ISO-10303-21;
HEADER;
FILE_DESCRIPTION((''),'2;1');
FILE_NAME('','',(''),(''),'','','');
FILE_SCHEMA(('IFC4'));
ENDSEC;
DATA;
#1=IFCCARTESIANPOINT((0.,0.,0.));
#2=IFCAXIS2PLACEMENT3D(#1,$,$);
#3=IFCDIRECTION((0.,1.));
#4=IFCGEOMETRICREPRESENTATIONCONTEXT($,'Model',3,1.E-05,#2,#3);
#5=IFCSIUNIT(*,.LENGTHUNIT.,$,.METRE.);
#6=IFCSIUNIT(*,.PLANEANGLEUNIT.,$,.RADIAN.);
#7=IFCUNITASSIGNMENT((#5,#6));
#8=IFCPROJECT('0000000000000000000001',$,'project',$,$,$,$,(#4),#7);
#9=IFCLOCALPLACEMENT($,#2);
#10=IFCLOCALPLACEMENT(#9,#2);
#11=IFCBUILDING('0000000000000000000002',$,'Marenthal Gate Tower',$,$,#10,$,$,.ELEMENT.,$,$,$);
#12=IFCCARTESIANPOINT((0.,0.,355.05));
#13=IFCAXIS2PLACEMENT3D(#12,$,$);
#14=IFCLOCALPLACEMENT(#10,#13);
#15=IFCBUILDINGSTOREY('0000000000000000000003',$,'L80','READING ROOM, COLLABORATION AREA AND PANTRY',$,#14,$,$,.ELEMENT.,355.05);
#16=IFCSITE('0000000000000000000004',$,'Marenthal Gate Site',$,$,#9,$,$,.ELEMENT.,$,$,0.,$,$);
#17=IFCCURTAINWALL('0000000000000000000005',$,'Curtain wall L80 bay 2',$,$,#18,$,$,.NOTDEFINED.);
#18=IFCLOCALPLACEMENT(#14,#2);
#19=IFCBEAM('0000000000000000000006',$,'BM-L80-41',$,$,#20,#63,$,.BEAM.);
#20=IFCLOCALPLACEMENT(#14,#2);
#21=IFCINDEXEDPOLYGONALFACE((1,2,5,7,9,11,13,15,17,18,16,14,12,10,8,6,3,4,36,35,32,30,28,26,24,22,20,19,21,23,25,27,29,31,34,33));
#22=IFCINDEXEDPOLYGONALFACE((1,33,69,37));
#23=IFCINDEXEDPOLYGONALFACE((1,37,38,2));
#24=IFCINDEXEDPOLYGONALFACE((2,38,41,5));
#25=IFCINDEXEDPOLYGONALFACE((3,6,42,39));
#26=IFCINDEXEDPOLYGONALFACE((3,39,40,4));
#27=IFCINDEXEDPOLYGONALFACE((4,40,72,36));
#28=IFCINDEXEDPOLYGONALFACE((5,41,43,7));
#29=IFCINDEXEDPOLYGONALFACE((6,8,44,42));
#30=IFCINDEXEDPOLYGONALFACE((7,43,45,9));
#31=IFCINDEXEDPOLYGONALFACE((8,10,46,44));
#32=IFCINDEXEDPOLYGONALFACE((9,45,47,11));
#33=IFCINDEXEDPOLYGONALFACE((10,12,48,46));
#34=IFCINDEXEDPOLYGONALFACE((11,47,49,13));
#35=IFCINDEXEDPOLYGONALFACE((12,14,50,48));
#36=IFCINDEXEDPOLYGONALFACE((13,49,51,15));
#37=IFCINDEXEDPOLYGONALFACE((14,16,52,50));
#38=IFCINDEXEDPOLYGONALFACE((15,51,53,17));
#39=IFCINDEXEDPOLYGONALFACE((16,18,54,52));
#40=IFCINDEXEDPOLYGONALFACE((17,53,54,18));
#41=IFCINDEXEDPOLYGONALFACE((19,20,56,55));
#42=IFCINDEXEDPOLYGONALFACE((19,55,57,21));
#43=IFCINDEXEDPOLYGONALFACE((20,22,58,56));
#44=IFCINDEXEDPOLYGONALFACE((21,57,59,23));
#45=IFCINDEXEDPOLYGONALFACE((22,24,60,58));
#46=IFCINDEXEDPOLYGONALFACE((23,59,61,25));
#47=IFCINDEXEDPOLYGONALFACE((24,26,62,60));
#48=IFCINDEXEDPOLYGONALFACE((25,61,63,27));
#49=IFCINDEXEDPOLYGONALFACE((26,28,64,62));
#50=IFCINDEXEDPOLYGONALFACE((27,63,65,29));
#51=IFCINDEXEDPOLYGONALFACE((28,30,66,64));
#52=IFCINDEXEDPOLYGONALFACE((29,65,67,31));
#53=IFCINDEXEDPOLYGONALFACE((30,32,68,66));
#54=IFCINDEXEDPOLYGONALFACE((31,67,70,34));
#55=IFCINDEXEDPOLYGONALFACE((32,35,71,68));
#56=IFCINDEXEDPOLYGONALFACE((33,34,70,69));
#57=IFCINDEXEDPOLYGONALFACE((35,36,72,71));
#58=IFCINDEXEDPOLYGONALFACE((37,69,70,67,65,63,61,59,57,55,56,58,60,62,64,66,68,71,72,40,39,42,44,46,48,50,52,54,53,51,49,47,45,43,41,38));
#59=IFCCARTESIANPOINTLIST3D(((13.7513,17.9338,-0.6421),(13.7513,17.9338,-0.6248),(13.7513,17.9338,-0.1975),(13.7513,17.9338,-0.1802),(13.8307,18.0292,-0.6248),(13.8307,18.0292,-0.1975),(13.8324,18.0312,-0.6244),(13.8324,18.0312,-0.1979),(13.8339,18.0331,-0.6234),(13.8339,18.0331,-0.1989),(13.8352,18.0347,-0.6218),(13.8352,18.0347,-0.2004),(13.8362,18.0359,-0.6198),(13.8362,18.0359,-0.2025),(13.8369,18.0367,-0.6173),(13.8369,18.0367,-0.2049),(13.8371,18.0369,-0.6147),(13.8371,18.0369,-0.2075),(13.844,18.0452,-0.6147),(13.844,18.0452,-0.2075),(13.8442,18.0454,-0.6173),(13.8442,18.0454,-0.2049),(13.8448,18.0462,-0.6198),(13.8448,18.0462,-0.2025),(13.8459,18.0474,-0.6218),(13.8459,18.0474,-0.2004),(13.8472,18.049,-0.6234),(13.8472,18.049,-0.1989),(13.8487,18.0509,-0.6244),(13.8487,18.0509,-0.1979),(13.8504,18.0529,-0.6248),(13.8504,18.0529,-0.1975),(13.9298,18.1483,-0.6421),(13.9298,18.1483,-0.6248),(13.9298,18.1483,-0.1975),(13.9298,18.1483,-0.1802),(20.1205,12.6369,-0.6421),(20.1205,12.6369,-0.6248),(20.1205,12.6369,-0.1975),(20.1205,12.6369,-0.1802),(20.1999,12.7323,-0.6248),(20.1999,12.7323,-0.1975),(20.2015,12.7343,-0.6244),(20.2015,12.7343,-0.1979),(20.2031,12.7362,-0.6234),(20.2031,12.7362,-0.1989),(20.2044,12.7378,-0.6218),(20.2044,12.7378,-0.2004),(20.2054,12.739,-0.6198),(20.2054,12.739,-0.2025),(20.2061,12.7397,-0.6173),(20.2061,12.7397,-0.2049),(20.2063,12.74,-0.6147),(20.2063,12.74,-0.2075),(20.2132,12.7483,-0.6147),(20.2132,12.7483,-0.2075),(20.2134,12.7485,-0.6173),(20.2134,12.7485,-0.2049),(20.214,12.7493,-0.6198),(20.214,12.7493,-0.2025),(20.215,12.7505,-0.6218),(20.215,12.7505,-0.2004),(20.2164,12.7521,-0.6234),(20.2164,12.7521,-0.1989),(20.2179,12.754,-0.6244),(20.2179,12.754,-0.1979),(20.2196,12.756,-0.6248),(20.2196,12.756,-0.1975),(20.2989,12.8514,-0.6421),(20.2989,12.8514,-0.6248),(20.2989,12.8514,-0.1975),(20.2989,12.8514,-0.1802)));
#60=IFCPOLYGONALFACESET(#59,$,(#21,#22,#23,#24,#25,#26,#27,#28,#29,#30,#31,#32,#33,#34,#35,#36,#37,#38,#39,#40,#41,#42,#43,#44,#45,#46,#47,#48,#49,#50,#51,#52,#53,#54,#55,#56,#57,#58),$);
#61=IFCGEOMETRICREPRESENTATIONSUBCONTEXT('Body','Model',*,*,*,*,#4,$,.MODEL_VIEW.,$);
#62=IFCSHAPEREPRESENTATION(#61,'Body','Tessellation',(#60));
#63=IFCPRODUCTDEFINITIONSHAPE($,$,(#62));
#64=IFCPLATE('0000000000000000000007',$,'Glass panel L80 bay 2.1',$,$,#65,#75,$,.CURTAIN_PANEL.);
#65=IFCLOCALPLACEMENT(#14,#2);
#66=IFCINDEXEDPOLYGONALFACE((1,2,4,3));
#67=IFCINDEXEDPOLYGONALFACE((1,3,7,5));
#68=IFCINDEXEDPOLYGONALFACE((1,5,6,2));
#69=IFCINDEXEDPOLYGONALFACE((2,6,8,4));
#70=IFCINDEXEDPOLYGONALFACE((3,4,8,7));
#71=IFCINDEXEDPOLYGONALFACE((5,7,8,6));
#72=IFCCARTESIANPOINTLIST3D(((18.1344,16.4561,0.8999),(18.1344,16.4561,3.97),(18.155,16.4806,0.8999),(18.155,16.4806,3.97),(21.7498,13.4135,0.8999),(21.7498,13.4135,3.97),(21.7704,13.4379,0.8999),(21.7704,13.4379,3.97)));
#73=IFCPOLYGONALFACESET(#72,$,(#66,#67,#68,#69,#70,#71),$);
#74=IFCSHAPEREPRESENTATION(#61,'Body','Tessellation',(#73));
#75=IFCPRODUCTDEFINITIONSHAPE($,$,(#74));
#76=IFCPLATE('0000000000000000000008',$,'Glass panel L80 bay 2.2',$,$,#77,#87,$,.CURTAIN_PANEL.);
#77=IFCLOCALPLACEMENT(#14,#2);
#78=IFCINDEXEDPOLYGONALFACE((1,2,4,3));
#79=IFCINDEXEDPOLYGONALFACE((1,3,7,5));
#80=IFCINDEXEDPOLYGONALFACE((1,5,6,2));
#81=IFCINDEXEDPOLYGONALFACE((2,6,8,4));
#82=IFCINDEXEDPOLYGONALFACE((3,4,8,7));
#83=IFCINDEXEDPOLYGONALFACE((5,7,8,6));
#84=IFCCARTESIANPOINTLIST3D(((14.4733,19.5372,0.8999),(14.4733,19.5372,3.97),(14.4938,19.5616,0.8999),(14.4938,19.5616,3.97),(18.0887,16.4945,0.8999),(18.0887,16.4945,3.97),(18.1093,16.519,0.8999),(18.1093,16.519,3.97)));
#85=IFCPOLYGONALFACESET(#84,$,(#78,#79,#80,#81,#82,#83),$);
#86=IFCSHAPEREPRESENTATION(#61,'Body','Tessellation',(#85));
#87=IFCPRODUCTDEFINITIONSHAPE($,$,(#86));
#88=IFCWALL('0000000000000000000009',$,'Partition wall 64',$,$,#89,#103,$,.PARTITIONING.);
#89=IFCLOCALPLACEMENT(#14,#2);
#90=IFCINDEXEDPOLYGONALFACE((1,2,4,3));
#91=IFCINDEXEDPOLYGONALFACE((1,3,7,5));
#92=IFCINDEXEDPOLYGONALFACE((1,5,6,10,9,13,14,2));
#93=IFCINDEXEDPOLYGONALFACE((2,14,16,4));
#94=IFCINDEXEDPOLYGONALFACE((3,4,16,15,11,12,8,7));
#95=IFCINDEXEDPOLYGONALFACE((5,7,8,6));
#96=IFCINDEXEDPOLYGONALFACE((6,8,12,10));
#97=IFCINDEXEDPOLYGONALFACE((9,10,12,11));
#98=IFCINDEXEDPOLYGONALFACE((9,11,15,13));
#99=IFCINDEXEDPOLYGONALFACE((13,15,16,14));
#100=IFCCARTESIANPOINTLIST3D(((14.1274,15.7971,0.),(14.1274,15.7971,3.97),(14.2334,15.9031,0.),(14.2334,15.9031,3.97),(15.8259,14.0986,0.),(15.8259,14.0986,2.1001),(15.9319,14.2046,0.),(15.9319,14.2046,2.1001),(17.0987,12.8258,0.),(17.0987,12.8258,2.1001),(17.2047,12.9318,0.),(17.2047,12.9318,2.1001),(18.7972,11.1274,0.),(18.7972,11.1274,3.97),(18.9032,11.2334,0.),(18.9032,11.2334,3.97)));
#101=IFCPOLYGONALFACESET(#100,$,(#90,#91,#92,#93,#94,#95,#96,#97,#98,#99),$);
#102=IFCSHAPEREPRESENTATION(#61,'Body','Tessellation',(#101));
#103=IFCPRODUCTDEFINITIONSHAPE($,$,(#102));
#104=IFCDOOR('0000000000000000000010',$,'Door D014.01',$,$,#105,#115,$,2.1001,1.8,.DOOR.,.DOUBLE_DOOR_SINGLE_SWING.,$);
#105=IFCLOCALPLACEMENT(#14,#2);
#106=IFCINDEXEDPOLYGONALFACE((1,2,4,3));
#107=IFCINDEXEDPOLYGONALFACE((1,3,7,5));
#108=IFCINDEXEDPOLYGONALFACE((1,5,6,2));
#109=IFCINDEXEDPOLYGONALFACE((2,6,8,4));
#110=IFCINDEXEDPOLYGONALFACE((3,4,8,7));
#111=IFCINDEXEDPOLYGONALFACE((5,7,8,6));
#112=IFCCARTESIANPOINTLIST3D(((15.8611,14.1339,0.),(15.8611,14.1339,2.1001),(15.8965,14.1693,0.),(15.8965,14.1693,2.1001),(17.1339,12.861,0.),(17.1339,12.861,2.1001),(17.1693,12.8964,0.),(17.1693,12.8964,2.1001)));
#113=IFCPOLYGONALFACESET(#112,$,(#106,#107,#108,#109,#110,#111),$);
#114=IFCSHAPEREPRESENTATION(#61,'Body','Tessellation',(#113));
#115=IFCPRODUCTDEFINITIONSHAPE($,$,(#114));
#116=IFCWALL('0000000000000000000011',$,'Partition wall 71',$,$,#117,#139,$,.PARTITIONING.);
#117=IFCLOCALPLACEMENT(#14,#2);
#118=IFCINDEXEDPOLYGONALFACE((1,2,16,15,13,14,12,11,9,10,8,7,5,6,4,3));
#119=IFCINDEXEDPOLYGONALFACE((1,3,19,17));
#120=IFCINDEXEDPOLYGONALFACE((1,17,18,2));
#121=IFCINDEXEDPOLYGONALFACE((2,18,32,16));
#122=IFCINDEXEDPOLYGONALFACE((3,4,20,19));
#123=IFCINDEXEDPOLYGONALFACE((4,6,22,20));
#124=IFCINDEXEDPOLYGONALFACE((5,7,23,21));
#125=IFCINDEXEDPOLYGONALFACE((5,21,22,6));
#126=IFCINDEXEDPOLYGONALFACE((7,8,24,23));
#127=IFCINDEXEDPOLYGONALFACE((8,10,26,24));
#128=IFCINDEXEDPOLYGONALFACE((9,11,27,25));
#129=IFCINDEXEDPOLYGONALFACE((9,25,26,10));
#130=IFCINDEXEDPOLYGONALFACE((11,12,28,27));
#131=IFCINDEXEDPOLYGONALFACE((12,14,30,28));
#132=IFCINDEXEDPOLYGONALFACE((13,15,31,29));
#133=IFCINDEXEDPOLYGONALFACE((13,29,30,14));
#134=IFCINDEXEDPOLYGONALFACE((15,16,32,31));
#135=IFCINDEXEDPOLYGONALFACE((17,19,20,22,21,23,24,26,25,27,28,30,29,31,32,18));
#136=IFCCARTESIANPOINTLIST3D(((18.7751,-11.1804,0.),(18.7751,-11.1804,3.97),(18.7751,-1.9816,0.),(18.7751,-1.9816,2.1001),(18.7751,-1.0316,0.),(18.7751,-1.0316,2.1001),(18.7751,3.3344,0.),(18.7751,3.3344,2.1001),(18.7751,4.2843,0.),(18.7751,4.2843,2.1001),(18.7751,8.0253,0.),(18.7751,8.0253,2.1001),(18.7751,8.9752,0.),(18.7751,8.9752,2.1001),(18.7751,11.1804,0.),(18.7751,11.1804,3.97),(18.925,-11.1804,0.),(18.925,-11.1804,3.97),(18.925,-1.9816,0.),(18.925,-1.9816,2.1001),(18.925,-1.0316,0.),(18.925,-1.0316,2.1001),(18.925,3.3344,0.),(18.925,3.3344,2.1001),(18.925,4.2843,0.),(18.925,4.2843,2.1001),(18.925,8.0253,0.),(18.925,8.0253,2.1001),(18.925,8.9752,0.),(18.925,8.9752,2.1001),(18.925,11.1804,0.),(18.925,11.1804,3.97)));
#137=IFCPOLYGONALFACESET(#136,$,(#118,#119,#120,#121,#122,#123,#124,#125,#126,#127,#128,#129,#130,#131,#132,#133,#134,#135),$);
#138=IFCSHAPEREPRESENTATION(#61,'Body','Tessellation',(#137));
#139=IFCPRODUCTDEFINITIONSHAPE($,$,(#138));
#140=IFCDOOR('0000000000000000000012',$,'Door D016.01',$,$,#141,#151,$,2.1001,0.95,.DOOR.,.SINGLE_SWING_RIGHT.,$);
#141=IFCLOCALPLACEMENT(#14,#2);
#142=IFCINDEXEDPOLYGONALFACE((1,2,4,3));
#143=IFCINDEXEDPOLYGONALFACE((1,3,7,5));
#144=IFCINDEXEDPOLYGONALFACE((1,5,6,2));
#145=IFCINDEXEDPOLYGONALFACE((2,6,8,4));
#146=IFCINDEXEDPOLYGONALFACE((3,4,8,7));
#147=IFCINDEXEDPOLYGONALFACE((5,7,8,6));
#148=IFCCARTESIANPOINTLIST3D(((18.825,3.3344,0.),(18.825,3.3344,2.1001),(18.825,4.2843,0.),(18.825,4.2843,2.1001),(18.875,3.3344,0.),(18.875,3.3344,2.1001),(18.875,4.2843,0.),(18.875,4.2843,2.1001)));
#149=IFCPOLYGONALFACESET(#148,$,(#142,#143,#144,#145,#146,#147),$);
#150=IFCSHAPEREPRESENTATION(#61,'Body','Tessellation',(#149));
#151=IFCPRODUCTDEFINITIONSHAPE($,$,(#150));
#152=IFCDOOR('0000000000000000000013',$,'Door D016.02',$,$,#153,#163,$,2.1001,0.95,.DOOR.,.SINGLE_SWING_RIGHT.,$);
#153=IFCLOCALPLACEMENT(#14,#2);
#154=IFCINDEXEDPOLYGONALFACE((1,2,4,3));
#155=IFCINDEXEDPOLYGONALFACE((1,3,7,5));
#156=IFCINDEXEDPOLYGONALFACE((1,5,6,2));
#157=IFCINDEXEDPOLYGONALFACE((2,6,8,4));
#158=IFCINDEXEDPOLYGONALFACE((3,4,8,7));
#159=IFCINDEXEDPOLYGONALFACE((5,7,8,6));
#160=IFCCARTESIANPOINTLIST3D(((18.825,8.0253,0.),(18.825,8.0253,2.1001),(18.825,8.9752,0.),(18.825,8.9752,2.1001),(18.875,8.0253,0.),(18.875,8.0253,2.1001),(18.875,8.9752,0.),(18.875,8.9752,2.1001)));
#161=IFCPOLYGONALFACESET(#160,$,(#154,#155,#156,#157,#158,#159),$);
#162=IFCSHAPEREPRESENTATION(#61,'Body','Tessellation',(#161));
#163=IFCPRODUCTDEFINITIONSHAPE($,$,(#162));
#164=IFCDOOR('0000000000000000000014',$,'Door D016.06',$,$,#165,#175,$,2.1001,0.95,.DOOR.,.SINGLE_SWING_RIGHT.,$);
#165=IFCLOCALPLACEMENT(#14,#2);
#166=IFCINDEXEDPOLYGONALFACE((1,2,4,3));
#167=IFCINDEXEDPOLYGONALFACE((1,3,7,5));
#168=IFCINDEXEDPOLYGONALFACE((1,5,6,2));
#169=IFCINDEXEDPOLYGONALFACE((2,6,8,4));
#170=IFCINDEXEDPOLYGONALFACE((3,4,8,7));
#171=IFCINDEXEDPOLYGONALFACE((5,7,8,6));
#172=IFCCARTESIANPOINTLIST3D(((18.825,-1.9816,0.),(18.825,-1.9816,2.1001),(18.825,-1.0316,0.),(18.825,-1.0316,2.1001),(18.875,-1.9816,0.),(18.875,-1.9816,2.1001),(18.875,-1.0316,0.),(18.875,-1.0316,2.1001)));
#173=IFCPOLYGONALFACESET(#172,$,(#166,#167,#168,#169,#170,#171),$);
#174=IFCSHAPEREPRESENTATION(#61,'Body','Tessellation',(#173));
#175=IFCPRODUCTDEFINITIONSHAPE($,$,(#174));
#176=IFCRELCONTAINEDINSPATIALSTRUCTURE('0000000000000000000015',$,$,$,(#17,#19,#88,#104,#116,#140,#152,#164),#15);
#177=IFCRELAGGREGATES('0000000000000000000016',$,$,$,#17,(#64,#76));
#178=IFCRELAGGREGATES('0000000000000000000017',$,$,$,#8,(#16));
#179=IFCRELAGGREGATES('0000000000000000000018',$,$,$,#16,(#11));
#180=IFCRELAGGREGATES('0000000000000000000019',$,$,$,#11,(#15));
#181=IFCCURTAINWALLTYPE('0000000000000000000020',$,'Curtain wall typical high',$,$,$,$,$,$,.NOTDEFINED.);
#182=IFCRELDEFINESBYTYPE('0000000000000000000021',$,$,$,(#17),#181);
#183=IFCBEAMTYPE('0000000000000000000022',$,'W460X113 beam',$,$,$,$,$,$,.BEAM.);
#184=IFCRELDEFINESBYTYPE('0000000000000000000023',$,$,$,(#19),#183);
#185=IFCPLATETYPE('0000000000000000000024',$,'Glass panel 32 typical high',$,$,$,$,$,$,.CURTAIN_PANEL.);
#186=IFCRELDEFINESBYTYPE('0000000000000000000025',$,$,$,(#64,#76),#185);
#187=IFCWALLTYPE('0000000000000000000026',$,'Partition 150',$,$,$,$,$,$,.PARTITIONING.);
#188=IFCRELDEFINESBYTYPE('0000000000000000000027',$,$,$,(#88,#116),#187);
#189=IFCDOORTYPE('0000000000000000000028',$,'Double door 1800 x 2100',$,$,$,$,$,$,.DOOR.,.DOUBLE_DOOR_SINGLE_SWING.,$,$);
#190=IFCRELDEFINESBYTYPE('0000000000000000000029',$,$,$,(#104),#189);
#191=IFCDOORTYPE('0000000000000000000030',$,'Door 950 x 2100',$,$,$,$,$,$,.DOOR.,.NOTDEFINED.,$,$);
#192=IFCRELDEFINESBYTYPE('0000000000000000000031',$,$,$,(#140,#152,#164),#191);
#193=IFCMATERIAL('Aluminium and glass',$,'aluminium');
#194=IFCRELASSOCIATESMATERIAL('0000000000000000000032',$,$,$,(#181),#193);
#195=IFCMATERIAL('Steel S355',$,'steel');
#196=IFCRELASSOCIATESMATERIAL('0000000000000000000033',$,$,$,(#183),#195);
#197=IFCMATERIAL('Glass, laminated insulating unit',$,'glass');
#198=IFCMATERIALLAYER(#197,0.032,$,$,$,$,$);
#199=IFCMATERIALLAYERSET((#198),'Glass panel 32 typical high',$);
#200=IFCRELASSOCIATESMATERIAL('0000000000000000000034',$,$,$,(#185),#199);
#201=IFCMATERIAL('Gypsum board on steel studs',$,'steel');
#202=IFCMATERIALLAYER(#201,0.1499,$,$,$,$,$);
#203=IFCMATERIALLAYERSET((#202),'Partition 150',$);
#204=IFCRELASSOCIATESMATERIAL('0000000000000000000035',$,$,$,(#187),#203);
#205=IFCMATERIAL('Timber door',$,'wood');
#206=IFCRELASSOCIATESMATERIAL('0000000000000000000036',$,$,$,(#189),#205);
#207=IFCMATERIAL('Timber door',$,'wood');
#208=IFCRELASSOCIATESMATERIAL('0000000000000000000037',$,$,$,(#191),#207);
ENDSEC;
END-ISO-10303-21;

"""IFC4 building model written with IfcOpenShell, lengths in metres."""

from ifc_helpers import new_model, si_unit, direction, frame, frame_2d, origin, origin_2d, place, context, subcontext, project, spatial, rectangle, i_section, extrude, material, layer, layer_set, material_profile, profile_set, type_object, element, fill, aggregate, save


model = new_model("IFC4")

# Units and contexts
model_context = context("Model", 3, precision=1e-05, world=origin(), true_north=direction((0.0, 1.0)))
body_context = subcontext(model_context, "Body", "Model", "MODEL_VIEW")
ifc_project = project(units=[si_unit("LENGTHUNIT", "METRE"), si_unit("PLANEANGLEUNIT", "RADIAN")], contexts=[model_context])

# Site, building, storey
site_placement = place(None, origin())
site = spatial("IfcSite", under=ifc_project, at=site_placement, Name="Marenthal Gate Site", CompositionType="ELEMENT", RefElevation=0.0)
building_placement = place(site_placement, origin())
building = spatial("IfcBuilding", under=site, at=building_placement, Name="Marenthal Gate Tower", CompositionType="ELEMENT")
storey_placement = place(building_placement, frame((0.0, 0.0, 355.05)))
storey = spatial("IfcBuildingStorey", under=building, at=storey_placement, Name="L80", Description="READING ROOM, COLLABORATION AREA AND PANTRY", CompositionType="ELEMENT", Elevation=355.05)

# Curtain wall
ifc_material_1 = material(Name="Aluminium and glass", Category="aluminium")
curtain_wall_type = type_object("IfcCurtainWallType", Name="Curtain wall typical high", PredefinedType="NOTDEFINED", material=ifc_material_1)
curtain_wall_placement = place(storey_placement, origin())
curtain_wall = element("IfcCurtainWall", 1, at=curtain_wall_placement, inside=storey, type_object=curtain_wall_type, Name="Curtain wall L80 bay 2", PredefinedType="NOTDEFINED")

# Beam
ifc_material_2 = material(Name="Steel S355", Category="steel")
ifc_material_profile_1 = material_profile(ifc_material_2, i_section(OverallWidth=0.2791, OverallDepth=0.4619, WebThickness=0.0107, FlangeThickness=0.0173, FilletRadius=0.01, at=origin_2d()), Name="W460X113")
ifc_profile_set_1 = profile_set([ifc_material_profile_1], Name="Steel S355")
beam_type_1 = type_object("IfcBeamType", Name="W460X113 beam", PredefinedType="BEAM", material=ifc_profile_set_1)
beam_1_placement = place(storey_placement, frame((20.2097, 12.7441, -0.4111), z_axis=(-0.768859, 0.639419, 0.0), x_axis=(-0.639419, -0.768859, 0.0)))
element("IfcBeam", 2, at=beam_1_placement, inside=storey, type_object=beam_type_1, Name="BM-L80-41", PredefinedType="BEAM", context=body_context, shape_type="SweptSolid", body=[
    extrude(i_section(OverallWidth=0.2791, OverallDepth=0.4619, WebThickness=0.0107, FlangeThickness=0.0173, FilletRadius=0.01, at=origin_2d()), origin(), (0.0, 0.0, 1.0), 8.2839),
])

# Plates
ifc_material_3 = material(Name="Glass, laminated insulating unit", Category="glass")
ifc_layer_1 = layer(ifc_material_3, 0.032)
ifc_layer_set_1 = layer_set([ifc_layer_1], Name="Glass panel 32 typical high")
plate_type = type_object("IfcPlateType", Name="Glass panel 32 typical high", PredefinedType="CURTAIN_PANEL", material=ifc_layer_set_1)
plate_1_placement = place(storey_placement, frame((19.9524, 14.947, 0.8999), z_axis=(0.0, 0.0, 1.0), x_axis=(-0.765113, 0.643896, 0.0)))
plate_1 = element("IfcPlate", 3, at=plate_1_placement, type_object=plate_type, Name="Glass panel L80 bay 2.1", PredefinedType="CURTAIN_PANEL", context=body_context, shape_type="SweptSolid", body=[
    extrude(rectangle(XDim=4.7253, YDim=0.032, at=origin_2d()), origin(), (0.0, 0.0, 1.0), 3.0701),
])
plate_2_placement = place(storey_placement, frame((16.2913, 18.0281, 0.8999), z_axis=(0.0, 0.0, 1.0), x_axis=(-0.765113, 0.643896, 0.0)))
plate_2 = element("IfcPlate", 4, at=plate_2_placement, type_object=plate_type, Name="Glass panel L80 bay 2.2", PredefinedType="CURTAIN_PANEL", context=body_context, shape_type="SweptSolid", body=[
    extrude(rectangle(XDim=4.7253, YDim=0.032, at=origin_2d()), origin(), (0.0, 0.0, 1.0), 3.0701),
])
aggregate(curtain_wall, [plate_1, plate_2])

# Wall, opening, door
ifc_material_4 = material(Name="Gypsum board on steel studs", Category="steel")
ifc_layer_2 = layer(ifc_material_4, 0.1499)
ifc_layer_set_2 = layer_set([ifc_layer_2], Name="Partition 150")
wall_type_1 = type_object("IfcWallType", Name="Partition 150", PredefinedType="PARTITIONING", material=ifc_layer_set_2)
wall_1_placement = place(storey_placement, frame((14.1804, 15.8501, 0.0), z_axis=(0.0, 0.0, 1.0), x_axis=(0.707107, -0.707107, 0.0)))
wall_1 = element("IfcWall", 5, at=wall_1_placement, inside=storey, type_object=wall_type_1, Name="Partition wall 64", PredefinedType="PARTITIONING", context=body_context, shape_type="SweptSolid", body=[
    extrude(rectangle(XDim=6.604, YDim=0.1499, at=frame_2d((3.302, 0.0))), origin(), (0.0, 0.0, 1.0), 3.97),
])
opening_1_placement = place(wall_1_placement, frame((2.4021, 0.0, 0.0)))
opening_1 = element("IfcOpeningElement", 6, at=opening_1_placement, cuts=wall_1, PredefinedType="OPENING", context=body_context, shape_type="SweptSolid", body=[
    extrude(rectangle(XDim=1.8, YDim=2.1001, at=frame_2d((0.8999, 1.05))), frame((0.0, 0.085, 0.0), z_axis=(0.0, -1.0, 0.0), x_axis=(1.0, 0.0, 0.0)), (0.0, 0.0, 1.0), 0.1699),
])
ifc_material_5 = material(Name="Timber door", Category="wood")
door_type_1 = type_object("IfcDoorType", Name="Double door 1800 x 2100", OperationType="DOUBLE_DOOR_SINGLE_SWING", PredefinedType="DOOR", material=ifc_material_5)
door_1_placement = place(opening_1_placement, origin())
door_1 = element("IfcDoor", 7, at=door_1_placement, inside=storey, type_object=door_type_1, Name="Door D014.01", OperationType="DOUBLE_DOOR_SINGLE_SWING", OverallHeight=2.1001, OverallWidth=1.8, PredefinedType="DOOR", context=body_context, shape_type="SweptSolid", body=[
    extrude(rectangle(XDim=1.8, YDim=2.1001, at=frame_2d((0.8999, 1.05))), frame((0.0, 0.0249, 0.0), z_axis=(0.0, -1.0, 0.0), x_axis=(1.0, 0.0, 0.0)), (0.0, 0.0, 1.0), 0.05),
])
fill(opening_1, door_1)

# Wall, openings, doors
wall_2_placement = place(storey_placement, frame((18.8501, 11.1804, 0.0), z_axis=(0.0, 0.0, 1.0), x_axis=(0.0, -1.0, 0.0)))
wall_2 = element("IfcWall", 8, at=wall_2_placement, inside=storey, type_object=wall_type_1, Name="Partition wall 71", PredefinedType="PARTITIONING", context=body_context, shape_type="SweptSolid", body=[
    extrude(rectangle(XDim=22.3608, YDim=0.1499, at=frame_2d((11.1804, 0.0))), origin(), (0.0, 0.0, 1.0), 3.97),
])
opening_2_placement = place(wall_2_placement, frame((6.896, 0.0, 0.0)))
opening_2 = element("IfcOpeningElement", 9, at=opening_2_placement, cuts=wall_2, PredefinedType="OPENING", context=body_context, shape_type="SweptSolid", body=[
    extrude(rectangle(XDim=0.95, YDim=2.1001, at=frame_2d((0.4751, 1.05))), frame((0.0, 0.085, 0.0), z_axis=(0.0, -1.0, 0.0), x_axis=(1.0, 0.0, 0.0)), (0.0, 0.0, 1.0), 0.1699),
])
opening_3_placement = place(wall_2_placement, frame((2.2051, 0.0, 0.0)))
opening_3 = element("IfcOpeningElement", 10, at=opening_3_placement, cuts=wall_2, PredefinedType="OPENING", context=body_context, shape_type="SweptSolid", body=[
    extrude(rectangle(XDim=0.95, YDim=2.1001, at=frame_2d((0.4751, 1.05))), frame((0.0, 0.085, 0.0), z_axis=(0.0, -1.0, 0.0), x_axis=(1.0, 0.0, 0.0)), (0.0, 0.0, 1.0), 0.1699),
])
opening_4_placement = place(wall_2_placement, frame((12.2119, 0.0, 0.0)))
opening_4 = element("IfcOpeningElement", 11, at=opening_4_placement, cuts=wall_2, PredefinedType="OPENING", context=body_context, shape_type="SweptSolid", body=[
    extrude(rectangle(XDim=0.95, YDim=2.1001, at=frame_2d((0.4751, 1.05))), frame((0.0, 0.085, 0.0), z_axis=(0.0, -1.0, 0.0), x_axis=(1.0, 0.0, 0.0)), (0.0, 0.0, 1.0), 0.1699),
])
ifc_material_6 = material(Name="Timber door", Category="wood")
door_type_2 = type_object("IfcDoorType", Name="Door 950 x 2100", OperationType="NOTDEFINED", PredefinedType="DOOR", material=ifc_material_6)
door_2_placement = place(opening_2_placement, origin())
door_2 = element("IfcDoor", 12, at=door_2_placement, inside=storey, type_object=door_type_2, Name="Door D016.01", OperationType="SINGLE_SWING_RIGHT", OverallHeight=2.1001, OverallWidth=0.95, PredefinedType="DOOR", context=body_context, shape_type="SweptSolid", body=[
    extrude(rectangle(XDim=0.95, YDim=2.1001, at=frame_2d((0.4751, 1.05))), frame((0.0, 0.0249, 0.0), z_axis=(0.0, -1.0, 0.0), x_axis=(1.0, 0.0, 0.0)), (0.0, 0.0, 1.0), 0.05),
])
fill(opening_2, door_2)
door_3_placement = place(opening_3_placement, origin())
door_3 = element("IfcDoor", 13, at=door_3_placement, inside=storey, type_object=door_type_2, Name="Door D016.02", OperationType="SINGLE_SWING_RIGHT", OverallHeight=2.1001, OverallWidth=0.95, PredefinedType="DOOR", context=body_context, shape_type="SweptSolid", body=[
    extrude(rectangle(XDim=0.95, YDim=2.1001, at=frame_2d((0.4751, 1.05))), frame((0.0, 0.0249, 0.0), z_axis=(0.0, -1.0, 0.0), x_axis=(1.0, 0.0, 0.0)), (0.0, 0.0, 1.0), 0.05),
])
fill(opening_3, door_3)
door_4_placement = place(opening_4_placement, origin())
door_4 = element("IfcDoor", 14, at=door_4_placement, inside=storey, type_object=door_type_2, Name="Door D016.06", OperationType="SINGLE_SWING_RIGHT", OverallHeight=2.1001, OverallWidth=0.95, PredefinedType="DOOR", context=body_context, shape_type="SweptSolid", body=[
    extrude(rectangle(XDim=0.95, YDim=2.1001, at=frame_2d((0.4751, 1.05))), frame((0.0, 0.0249, 0.0), z_axis=(0.0, -1.0, 0.0), x_axis=(1.0, 0.0, 0.0)), (0.0, 0.0, 1.0), 0.05),
])
fill(opening_4, door_4)

save(model, "model.ifc")
